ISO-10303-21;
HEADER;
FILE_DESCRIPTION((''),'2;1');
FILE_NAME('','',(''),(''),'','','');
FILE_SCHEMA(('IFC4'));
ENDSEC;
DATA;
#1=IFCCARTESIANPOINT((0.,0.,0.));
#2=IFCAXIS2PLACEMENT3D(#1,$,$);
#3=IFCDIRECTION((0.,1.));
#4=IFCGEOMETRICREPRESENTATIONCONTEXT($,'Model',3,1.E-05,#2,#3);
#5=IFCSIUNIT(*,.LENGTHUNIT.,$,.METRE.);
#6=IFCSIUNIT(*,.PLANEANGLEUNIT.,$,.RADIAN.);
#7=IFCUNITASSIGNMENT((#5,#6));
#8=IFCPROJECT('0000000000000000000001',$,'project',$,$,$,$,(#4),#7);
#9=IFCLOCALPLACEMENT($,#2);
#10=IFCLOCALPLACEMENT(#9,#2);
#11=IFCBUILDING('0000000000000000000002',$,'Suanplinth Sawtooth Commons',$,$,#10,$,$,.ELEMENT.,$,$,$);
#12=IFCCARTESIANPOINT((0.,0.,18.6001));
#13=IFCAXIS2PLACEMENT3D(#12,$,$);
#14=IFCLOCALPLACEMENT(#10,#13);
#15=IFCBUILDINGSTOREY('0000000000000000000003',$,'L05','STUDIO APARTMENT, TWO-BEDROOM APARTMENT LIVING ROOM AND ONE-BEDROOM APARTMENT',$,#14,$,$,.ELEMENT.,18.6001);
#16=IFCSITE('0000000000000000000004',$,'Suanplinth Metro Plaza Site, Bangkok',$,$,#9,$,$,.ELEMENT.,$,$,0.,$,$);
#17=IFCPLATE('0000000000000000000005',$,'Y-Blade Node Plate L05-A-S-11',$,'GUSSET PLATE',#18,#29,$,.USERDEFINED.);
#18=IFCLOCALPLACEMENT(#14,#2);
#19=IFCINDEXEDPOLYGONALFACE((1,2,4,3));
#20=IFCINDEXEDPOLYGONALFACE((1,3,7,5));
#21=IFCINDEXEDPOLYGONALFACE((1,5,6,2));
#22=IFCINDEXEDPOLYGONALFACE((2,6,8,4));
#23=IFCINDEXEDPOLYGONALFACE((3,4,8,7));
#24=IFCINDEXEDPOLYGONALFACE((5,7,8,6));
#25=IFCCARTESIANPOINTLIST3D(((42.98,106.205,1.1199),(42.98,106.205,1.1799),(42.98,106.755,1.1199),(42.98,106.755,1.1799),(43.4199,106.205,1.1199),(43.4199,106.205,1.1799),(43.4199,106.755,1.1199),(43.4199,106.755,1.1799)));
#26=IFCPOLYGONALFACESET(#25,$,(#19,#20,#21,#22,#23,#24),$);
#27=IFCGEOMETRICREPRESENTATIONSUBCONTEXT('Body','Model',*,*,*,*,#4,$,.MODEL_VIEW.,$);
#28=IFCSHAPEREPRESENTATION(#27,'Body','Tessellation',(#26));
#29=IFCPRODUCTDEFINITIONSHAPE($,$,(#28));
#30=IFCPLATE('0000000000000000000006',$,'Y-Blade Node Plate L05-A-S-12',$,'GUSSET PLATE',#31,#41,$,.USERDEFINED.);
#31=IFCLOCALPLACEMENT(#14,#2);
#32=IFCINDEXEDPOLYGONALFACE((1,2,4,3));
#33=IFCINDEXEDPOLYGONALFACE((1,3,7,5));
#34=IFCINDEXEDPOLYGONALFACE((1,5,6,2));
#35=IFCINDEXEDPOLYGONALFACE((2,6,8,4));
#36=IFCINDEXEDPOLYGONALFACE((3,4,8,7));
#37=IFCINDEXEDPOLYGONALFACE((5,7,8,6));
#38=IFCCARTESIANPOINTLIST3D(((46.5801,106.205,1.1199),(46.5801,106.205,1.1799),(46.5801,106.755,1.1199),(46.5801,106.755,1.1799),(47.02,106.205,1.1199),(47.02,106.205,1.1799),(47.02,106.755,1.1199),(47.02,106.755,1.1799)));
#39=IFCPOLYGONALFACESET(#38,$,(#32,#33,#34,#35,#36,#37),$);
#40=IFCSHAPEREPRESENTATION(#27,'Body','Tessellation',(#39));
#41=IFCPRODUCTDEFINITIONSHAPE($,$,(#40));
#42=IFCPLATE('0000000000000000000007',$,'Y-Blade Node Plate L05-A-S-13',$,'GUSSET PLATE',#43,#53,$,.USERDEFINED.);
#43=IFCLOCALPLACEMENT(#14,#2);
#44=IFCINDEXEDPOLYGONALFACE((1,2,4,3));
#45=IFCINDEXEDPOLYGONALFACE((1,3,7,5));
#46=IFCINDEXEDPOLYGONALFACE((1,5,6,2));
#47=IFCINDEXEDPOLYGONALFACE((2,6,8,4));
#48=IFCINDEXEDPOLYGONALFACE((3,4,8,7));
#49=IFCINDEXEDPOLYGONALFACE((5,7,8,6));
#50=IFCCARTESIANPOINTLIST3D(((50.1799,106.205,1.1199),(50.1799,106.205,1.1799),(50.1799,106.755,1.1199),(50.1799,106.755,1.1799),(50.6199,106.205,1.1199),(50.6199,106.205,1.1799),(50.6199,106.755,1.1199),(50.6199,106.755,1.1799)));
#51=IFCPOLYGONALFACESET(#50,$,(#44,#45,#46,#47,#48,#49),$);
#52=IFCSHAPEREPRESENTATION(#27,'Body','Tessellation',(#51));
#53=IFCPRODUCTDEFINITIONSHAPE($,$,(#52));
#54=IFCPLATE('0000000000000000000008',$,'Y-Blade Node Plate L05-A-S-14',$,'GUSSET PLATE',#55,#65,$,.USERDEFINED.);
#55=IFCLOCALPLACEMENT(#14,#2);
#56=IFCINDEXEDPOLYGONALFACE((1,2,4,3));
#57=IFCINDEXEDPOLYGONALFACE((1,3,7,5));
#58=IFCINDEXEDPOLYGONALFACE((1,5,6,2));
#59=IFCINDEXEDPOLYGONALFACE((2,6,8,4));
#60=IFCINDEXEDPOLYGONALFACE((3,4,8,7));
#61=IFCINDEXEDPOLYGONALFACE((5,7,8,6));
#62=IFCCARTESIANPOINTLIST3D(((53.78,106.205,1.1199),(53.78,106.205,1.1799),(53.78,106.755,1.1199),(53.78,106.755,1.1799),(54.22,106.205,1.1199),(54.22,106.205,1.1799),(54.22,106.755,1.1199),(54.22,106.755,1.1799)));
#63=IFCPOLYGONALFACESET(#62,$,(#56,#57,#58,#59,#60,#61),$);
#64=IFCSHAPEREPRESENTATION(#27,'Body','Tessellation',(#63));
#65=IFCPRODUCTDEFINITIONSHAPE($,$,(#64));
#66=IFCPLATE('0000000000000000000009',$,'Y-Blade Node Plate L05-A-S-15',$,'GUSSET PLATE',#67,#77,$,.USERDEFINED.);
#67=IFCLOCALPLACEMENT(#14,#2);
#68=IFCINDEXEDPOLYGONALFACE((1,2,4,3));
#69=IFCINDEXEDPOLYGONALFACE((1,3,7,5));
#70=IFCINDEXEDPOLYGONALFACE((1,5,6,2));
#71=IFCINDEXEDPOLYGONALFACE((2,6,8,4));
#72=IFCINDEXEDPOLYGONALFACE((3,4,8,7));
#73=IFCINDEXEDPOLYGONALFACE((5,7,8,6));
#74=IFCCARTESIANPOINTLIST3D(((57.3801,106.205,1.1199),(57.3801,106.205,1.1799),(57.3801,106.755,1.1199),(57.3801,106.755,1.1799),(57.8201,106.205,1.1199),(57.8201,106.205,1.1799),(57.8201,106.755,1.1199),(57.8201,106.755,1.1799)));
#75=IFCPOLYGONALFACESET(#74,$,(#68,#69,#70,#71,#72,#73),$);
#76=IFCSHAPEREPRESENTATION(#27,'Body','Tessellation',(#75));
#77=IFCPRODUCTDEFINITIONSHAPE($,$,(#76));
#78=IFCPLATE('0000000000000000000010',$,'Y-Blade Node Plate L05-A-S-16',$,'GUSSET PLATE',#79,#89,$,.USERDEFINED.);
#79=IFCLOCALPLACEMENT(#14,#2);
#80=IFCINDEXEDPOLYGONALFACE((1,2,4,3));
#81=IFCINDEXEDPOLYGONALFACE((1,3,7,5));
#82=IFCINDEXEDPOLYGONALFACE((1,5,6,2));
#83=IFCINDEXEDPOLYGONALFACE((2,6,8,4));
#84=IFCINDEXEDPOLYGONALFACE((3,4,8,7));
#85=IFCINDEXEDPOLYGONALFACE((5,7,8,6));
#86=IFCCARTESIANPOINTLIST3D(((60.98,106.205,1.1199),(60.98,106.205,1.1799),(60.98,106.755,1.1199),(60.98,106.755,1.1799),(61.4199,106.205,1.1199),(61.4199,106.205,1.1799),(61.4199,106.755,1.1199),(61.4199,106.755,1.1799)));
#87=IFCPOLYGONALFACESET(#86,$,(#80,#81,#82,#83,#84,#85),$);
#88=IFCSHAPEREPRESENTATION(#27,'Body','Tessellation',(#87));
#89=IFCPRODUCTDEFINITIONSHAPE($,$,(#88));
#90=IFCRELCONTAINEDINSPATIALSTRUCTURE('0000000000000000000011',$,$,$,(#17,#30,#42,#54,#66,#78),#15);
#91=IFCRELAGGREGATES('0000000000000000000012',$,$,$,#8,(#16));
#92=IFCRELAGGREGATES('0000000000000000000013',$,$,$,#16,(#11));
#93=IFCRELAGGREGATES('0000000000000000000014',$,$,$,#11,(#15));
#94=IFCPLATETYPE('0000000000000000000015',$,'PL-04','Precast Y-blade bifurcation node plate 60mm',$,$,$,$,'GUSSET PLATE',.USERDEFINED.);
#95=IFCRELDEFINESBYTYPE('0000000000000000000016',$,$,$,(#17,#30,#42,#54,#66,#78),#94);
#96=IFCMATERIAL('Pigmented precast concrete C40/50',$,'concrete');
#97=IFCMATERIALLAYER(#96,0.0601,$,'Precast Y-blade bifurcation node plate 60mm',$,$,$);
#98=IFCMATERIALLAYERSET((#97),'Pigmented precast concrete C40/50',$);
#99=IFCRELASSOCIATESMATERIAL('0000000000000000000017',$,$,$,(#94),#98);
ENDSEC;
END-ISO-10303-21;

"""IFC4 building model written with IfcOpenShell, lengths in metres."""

from ifc_helpers import new_model, si_unit, direction, frame, origin, origin_2d, place, context, subcontext, project, spatial, rectangle, extrude, material, layer, layer_set, type_object, element, save


model = new_model("IFC4")

# Units and contexts
model_context = context("Model", 3, precision=1e-05, world=origin(), true_north=direction((0.0, 1.0)))
body_context = subcontext(model_context, "Body", "Model", "MODEL_VIEW")
ifc_project = project(units=[si_unit("LENGTHUNIT", "METRE"), si_unit("PLANEANGLEUNIT", "RADIAN")], contexts=[model_context])

# Site, building, storey
site_placement = place(None, origin())
site = spatial("IfcSite", under=ifc_project, at=site_placement, Name="Suanplinth Metro Plaza Site, Bangkok", CompositionType="ELEMENT", RefElevation=0.0)
building_placement = place(site_placement, origin())
building = spatial("IfcBuilding", under=site, at=building_placement, Name="Suanplinth Sawtooth Commons", CompositionType="ELEMENT")
storey_placement = place(building_placement, frame((0.0, 0.0, 18.6001)))
storey = spatial("IfcBuildingStorey", under=building, at=storey_placement, Name="L05", Description="STUDIO APARTMENT, TWO-BEDROOM APARTMENT LIVING ROOM AND ONE-BEDROOM APARTMENT", CompositionType="ELEMENT", Elevation=18.6001)

# Shared definitions
ifc_material = material(Name="Pigmented precast concrete C40/50", Category="concrete")

# Plates
ifc_layer = layer(ifc_material, 0.0601, Name="Precast Y-blade bifurcation node plate 60mm")
ifc_layer_set = layer_set([ifc_layer], Name="Pigmented precast concrete C40/50")
plate_type = type_object("IfcPlateType", Name="PL-04", Description="Precast Y-blade bifurcation node plate 60mm", ElementType="GUSSET PLATE", PredefinedType="USERDEFINED", material=ifc_layer_set)
for number, where, z_axis, x_axis, name in (
    (1, (43.2, 106.48, 1.1199), (0.0, 0.0, 1.0), (1.0, 0.0, 0.0), "Y-Blade Node Plate L05-A-S-11"),
    (2, (46.8, 106.48, 1.1199), (0.0, 0.0, 1.0), (1.0, 0.0, 0.0), "Y-Blade Node Plate L05-A-S-12"),
    (3, (50.3999, 106.48, 1.1199), (0.0, 0.0, 1.0), (1.0, 0.0, 0.0), "Y-Blade Node Plate L05-A-S-13"),
    (4, (54.0, 106.48, 1.1199), (0.0, 0.0, 1.0), (1.0, 0.0, 0.0), "Y-Blade Node Plate L05-A-S-14"),
    (5, (57.6001, 106.48, 1.1199), (0.0, 0.0, 1.0), (1.0, 0.0, 0.0), "Y-Blade Node Plate L05-A-S-15"),
    (6, (61.2, 106.48, 1.1199), (0.0, 0.0, 1.0), (1.0, 0.0, 0.0), "Y-Blade Node Plate L05-A-S-16"),
):
    element("IfcPlate", number, at=place(storey_placement, frame(where, z_axis=z_axis, x_axis=x_axis)), inside=storey, type_object=plate_type, Name=name, ObjectType="GUSSET PLATE", PredefinedType="USERDEFINED", context=body_context, shape_type="SweptSolid", body=[
        extrude(rectangle(XDim=0.4399, YDim=0.55, at=origin_2d()), origin(), (0.0, 0.0, 1.0), 0.0601),
    ])

save(model, "model.ifc")
